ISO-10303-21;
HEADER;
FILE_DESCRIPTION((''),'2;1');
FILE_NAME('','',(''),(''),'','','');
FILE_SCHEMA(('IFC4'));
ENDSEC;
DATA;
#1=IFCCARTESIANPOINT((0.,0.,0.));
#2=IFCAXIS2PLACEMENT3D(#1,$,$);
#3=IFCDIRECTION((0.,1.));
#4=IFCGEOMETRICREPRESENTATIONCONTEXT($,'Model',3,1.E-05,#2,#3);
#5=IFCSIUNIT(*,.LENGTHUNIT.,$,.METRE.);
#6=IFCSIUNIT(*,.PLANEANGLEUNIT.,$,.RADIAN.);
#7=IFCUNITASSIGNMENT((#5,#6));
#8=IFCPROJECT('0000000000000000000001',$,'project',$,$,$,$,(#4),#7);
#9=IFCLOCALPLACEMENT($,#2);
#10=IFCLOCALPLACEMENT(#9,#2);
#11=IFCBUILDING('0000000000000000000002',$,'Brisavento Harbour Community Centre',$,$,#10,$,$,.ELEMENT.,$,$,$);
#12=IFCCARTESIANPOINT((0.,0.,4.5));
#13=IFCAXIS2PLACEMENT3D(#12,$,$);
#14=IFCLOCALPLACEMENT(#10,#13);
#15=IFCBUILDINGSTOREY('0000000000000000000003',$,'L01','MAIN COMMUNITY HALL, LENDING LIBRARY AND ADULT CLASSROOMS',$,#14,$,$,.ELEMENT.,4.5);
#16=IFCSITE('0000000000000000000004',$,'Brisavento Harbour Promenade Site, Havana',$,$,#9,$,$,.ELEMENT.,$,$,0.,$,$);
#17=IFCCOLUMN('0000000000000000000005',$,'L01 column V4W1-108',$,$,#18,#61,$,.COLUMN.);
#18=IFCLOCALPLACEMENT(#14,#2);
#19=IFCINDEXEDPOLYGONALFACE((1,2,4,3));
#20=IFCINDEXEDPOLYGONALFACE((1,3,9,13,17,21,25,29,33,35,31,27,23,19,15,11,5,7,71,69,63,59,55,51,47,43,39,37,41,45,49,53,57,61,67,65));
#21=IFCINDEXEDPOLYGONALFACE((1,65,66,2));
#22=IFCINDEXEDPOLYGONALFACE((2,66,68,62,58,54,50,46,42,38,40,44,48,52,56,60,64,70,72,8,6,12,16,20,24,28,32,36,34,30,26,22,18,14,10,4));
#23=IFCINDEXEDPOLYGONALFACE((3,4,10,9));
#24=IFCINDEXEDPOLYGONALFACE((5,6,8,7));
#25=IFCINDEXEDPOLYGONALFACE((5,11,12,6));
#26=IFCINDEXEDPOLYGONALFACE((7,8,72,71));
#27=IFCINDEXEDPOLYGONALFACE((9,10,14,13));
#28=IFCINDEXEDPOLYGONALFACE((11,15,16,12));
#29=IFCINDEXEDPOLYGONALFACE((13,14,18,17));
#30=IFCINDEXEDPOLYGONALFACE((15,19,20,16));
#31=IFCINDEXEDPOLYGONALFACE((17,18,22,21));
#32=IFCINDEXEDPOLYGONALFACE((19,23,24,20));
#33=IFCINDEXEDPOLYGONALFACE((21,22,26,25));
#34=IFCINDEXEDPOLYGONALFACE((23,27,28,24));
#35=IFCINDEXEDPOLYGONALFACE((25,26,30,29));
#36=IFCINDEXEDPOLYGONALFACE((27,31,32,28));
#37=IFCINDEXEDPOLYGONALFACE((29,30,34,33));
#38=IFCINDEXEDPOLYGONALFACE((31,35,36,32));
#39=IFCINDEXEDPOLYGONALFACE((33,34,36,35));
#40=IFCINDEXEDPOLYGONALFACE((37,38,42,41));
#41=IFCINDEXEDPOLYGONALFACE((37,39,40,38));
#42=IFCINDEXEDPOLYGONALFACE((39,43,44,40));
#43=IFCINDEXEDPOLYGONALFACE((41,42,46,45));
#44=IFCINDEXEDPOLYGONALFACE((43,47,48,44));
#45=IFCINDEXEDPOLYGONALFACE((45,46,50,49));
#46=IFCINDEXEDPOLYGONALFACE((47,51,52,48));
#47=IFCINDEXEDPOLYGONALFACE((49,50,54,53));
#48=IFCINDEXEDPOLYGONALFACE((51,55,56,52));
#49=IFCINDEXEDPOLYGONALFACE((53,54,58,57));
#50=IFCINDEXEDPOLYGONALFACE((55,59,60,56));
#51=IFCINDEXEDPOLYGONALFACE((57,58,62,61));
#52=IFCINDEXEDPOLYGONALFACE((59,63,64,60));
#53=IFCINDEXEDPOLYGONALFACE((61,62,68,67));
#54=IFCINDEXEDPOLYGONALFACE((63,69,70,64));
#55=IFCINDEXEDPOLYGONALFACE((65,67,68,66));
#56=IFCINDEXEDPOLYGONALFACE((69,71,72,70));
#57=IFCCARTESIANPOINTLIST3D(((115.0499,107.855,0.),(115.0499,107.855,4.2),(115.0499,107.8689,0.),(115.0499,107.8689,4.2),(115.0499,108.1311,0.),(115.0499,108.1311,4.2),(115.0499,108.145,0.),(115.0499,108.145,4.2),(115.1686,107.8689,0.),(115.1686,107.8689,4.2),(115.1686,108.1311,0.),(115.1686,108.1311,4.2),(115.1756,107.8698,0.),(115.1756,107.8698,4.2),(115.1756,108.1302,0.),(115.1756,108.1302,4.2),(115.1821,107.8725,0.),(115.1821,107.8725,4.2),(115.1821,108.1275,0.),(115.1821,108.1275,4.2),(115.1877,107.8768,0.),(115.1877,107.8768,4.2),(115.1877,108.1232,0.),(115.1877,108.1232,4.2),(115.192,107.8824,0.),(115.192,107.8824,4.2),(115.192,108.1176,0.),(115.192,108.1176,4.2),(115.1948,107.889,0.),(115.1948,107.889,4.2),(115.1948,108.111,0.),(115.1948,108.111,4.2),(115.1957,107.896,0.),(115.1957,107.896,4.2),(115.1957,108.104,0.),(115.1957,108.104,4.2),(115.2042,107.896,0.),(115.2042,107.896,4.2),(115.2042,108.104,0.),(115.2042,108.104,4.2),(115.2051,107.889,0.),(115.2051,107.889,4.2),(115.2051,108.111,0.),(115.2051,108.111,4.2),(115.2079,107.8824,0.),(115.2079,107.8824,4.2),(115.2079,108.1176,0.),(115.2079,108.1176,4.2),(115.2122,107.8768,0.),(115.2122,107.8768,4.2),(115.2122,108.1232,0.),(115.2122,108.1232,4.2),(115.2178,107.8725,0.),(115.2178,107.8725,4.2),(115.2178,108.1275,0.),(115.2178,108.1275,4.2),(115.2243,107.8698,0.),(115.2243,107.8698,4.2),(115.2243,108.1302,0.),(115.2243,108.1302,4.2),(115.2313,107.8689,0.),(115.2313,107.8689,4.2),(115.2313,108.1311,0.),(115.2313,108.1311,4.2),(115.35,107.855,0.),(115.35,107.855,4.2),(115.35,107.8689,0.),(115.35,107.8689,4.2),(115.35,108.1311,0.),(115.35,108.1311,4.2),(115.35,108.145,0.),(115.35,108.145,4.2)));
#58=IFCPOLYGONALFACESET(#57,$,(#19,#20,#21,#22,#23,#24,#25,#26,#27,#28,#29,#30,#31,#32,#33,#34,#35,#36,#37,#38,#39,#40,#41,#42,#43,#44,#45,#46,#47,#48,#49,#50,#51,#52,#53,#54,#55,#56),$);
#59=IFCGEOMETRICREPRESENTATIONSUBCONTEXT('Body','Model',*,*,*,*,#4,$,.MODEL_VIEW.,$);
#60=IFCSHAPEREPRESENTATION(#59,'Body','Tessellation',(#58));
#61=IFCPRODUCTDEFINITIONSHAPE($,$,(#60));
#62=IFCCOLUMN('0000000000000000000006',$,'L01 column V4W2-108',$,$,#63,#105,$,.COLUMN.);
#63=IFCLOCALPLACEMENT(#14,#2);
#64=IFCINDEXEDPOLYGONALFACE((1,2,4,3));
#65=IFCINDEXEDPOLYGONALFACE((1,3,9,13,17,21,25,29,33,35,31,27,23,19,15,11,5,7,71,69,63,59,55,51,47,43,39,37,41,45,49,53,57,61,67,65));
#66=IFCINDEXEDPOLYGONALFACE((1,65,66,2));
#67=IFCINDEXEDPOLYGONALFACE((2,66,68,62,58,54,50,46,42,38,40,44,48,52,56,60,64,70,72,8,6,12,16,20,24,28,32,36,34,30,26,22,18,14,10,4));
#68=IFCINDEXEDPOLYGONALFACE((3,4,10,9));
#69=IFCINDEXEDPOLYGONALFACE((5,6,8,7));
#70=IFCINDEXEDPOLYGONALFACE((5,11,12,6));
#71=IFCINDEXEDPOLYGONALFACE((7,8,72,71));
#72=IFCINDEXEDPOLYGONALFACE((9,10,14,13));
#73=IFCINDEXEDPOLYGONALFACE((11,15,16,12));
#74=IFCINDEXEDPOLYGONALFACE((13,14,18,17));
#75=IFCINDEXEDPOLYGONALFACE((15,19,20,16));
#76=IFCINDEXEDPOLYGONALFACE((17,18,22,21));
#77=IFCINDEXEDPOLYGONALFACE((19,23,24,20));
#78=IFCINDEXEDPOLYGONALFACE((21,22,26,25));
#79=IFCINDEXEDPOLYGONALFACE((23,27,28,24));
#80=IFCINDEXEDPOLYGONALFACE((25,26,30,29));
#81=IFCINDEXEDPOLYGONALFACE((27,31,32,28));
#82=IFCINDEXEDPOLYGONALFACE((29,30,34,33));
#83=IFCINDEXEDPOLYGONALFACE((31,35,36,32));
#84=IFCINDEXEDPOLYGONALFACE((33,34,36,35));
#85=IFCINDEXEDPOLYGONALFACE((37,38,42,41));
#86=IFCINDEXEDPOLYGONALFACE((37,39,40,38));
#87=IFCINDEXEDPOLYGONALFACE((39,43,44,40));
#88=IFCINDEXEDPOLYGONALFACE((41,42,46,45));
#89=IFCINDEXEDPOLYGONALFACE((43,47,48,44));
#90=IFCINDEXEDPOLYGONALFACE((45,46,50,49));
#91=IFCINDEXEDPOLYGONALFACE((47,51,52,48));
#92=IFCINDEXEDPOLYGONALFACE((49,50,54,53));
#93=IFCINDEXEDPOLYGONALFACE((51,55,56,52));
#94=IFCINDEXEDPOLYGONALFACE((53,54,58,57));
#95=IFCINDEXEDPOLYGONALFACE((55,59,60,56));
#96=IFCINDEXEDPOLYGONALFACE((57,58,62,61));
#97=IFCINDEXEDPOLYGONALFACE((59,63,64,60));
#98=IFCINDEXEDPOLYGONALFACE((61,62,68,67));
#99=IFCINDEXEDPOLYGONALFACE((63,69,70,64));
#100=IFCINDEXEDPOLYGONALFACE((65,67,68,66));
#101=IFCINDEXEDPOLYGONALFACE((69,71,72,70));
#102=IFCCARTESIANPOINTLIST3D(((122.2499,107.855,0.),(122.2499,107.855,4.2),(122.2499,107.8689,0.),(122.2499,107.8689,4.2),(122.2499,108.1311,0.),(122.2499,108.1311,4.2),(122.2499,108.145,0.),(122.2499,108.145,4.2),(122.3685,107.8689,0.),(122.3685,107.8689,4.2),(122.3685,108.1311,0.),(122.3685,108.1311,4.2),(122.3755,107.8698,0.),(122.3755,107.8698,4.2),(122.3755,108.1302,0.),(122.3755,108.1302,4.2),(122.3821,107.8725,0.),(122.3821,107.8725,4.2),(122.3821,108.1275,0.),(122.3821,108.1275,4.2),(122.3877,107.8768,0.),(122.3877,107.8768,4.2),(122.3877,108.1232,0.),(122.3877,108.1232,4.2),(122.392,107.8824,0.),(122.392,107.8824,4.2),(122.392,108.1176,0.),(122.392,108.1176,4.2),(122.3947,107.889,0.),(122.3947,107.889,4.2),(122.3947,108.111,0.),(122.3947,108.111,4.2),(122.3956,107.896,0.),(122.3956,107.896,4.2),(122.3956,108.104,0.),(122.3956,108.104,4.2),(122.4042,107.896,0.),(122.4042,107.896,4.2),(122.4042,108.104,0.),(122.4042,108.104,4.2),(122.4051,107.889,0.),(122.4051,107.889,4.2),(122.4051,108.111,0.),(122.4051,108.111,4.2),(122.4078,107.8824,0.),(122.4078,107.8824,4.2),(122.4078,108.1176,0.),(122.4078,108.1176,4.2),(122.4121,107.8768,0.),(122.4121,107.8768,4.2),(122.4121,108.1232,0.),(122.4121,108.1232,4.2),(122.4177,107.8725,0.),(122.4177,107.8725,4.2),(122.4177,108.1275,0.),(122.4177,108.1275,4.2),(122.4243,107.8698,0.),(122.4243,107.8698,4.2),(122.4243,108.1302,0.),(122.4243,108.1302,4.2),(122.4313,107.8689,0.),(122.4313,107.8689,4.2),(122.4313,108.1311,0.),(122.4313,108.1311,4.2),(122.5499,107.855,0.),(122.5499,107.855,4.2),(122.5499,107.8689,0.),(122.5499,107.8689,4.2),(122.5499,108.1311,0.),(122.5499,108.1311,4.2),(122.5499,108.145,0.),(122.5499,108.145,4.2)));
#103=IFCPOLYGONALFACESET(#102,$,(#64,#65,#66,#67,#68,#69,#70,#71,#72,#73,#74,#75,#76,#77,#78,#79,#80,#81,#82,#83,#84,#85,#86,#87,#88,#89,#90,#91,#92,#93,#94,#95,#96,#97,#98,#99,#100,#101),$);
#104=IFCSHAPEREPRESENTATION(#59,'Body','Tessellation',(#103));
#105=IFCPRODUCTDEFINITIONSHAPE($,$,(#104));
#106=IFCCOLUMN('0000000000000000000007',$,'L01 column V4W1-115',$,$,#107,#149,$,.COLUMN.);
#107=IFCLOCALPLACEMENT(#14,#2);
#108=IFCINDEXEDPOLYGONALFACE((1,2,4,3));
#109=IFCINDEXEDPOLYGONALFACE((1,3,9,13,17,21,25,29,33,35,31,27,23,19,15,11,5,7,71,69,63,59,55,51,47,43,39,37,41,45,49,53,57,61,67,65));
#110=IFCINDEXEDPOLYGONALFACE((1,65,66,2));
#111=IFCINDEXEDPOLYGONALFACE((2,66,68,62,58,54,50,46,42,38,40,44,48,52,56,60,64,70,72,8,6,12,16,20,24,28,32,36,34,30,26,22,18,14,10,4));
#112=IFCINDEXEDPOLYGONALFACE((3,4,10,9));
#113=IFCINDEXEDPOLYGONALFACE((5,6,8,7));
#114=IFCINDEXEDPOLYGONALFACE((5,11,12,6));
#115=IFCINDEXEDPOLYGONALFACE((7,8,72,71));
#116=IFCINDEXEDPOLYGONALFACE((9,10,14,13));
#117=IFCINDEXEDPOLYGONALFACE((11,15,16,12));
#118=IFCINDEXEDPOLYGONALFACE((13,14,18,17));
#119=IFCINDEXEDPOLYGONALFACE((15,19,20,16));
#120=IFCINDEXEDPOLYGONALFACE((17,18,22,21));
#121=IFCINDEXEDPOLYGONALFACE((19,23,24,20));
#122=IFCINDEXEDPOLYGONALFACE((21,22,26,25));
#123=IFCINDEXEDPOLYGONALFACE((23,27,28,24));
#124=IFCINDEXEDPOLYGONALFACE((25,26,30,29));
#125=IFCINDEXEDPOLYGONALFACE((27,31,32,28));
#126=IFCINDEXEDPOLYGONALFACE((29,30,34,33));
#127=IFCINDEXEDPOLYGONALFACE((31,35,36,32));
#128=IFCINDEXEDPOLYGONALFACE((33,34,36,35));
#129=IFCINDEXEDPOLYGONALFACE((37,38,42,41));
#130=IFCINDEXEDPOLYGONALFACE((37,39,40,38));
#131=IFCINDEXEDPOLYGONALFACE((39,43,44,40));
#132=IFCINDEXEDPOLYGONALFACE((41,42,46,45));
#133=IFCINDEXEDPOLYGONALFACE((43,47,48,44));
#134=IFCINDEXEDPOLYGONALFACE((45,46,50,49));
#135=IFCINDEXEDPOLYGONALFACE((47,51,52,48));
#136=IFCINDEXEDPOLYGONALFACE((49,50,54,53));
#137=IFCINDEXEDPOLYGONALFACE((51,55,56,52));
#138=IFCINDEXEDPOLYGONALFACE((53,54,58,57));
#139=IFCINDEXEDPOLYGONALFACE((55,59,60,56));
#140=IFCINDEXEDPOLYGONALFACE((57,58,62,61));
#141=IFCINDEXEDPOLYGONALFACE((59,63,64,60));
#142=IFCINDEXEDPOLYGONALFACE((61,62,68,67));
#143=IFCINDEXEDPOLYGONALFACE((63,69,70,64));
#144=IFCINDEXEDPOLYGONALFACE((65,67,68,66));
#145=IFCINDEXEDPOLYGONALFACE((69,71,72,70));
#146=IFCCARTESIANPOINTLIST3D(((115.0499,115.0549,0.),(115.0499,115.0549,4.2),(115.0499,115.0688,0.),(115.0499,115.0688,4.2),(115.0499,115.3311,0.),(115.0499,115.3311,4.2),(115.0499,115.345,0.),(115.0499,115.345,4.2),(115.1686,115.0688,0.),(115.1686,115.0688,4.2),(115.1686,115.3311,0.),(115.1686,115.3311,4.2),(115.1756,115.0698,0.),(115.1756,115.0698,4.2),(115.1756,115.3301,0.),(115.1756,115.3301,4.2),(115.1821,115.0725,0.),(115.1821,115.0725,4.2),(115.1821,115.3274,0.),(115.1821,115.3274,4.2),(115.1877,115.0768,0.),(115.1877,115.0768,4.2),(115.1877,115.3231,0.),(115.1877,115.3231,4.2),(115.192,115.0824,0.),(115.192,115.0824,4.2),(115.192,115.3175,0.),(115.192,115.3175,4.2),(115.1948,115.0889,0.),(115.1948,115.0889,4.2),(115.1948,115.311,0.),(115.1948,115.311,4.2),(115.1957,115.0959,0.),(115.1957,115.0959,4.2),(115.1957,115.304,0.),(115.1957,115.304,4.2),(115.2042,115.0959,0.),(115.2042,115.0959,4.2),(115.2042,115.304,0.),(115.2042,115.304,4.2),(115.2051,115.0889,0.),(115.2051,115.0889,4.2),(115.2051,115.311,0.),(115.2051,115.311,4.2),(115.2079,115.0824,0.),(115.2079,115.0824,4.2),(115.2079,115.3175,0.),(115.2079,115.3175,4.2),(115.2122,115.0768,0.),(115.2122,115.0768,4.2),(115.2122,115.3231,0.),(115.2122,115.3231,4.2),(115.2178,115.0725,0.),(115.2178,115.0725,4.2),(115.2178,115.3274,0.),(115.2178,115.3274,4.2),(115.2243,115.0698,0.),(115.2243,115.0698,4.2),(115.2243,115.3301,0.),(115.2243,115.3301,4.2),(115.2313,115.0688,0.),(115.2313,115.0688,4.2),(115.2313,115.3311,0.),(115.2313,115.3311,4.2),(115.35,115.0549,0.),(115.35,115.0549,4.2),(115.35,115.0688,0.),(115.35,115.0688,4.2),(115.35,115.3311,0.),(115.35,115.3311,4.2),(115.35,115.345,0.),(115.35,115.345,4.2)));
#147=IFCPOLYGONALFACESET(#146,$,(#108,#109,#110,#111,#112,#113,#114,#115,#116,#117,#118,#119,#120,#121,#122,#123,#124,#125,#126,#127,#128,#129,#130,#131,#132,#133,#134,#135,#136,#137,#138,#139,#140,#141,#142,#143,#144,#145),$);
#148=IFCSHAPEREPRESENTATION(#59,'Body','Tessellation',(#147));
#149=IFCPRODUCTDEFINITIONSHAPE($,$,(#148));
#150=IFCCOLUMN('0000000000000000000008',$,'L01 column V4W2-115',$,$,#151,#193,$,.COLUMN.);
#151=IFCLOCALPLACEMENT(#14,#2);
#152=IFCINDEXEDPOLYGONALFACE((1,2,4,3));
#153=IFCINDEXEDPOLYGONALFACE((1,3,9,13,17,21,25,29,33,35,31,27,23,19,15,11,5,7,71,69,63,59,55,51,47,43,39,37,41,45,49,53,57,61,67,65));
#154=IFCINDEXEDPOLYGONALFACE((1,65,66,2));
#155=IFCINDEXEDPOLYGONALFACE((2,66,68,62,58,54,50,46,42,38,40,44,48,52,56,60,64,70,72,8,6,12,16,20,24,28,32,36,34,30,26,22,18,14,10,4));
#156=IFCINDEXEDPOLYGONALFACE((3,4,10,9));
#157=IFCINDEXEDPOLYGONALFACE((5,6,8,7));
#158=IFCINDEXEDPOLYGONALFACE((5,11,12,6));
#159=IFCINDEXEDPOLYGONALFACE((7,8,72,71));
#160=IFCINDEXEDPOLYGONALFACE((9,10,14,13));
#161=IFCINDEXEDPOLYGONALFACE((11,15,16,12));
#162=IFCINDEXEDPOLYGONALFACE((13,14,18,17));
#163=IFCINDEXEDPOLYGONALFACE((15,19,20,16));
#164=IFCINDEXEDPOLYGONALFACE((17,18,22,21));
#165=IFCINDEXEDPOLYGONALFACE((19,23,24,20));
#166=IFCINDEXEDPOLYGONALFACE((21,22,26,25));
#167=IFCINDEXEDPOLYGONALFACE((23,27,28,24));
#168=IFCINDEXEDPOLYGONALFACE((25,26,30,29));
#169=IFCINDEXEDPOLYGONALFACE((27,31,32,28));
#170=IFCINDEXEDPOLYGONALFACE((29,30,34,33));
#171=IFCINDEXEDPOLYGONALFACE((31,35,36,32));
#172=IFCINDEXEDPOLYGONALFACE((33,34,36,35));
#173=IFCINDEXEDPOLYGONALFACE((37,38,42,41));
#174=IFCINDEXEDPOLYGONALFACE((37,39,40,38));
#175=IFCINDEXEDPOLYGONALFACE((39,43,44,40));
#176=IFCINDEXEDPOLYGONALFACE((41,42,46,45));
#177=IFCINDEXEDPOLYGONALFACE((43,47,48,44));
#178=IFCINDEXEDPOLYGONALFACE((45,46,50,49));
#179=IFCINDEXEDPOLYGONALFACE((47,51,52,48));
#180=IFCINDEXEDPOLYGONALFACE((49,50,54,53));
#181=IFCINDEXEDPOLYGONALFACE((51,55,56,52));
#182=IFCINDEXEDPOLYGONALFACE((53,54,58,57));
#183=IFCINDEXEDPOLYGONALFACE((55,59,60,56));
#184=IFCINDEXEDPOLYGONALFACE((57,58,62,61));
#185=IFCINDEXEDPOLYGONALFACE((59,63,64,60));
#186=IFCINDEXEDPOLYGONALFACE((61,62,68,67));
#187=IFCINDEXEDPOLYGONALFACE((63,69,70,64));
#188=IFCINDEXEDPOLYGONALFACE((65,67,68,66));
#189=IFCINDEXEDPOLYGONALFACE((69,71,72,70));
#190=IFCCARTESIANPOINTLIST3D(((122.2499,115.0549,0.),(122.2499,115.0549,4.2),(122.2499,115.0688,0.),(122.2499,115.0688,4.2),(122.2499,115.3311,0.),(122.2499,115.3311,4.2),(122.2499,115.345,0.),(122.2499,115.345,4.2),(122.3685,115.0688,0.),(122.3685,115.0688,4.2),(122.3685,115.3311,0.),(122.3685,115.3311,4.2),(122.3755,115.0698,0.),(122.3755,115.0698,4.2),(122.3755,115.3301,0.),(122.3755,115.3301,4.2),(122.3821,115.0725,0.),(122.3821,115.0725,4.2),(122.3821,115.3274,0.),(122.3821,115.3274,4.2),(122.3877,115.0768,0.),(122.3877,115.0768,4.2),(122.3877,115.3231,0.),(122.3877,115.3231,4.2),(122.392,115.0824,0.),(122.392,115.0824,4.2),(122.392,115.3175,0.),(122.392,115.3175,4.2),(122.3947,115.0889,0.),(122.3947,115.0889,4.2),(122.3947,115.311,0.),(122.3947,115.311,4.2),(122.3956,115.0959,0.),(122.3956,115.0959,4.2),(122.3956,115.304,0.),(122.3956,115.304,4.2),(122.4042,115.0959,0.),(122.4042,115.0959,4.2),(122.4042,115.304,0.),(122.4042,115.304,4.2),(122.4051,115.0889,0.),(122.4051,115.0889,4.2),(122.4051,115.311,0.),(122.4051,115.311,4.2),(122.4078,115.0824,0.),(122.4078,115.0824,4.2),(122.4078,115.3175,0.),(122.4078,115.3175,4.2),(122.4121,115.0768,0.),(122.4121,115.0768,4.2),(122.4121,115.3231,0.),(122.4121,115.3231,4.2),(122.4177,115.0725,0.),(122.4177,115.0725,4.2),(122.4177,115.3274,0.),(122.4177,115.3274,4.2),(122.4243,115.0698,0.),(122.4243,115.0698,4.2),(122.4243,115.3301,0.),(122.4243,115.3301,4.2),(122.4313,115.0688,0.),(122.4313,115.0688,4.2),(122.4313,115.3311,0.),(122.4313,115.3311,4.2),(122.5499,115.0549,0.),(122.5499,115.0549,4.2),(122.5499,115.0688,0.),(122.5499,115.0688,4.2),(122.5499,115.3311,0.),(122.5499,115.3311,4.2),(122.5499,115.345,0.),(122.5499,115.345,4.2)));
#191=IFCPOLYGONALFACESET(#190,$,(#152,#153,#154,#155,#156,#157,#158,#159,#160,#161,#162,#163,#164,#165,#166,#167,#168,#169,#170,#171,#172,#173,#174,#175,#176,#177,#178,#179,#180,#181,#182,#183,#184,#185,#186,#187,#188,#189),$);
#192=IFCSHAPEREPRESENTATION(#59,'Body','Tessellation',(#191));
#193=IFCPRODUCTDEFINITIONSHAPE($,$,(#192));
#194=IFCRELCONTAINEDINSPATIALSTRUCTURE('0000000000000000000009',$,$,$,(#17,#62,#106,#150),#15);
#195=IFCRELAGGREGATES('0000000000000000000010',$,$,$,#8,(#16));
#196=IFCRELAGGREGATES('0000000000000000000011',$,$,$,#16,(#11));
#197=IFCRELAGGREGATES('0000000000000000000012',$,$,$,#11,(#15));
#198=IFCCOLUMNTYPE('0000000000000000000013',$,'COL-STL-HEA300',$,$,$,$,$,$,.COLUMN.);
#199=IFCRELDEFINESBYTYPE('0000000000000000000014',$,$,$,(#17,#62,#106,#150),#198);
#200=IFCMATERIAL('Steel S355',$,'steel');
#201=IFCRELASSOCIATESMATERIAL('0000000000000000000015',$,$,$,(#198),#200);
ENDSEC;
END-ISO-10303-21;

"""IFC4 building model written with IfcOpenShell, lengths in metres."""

from ifc_helpers import new_model, si_unit, direction, frame, origin, origin_2d, place, context, subcontext, project, spatial, i_section, extrude, material, material_profile, profile_set, type_object, element, save


model = new_model("IFC4")

# Units and contexts
model_context = context("Model", 3, precision=1e-05, world=origin(), true_north=direction((0.0, 1.0)))
body_context = subcontext(model_context, "Body", "Model", "MODEL_VIEW")
ifc_project = project(units=[si_unit("LENGTHUNIT", "METRE"), si_unit("PLANEANGLEUNIT", "RADIAN")], contexts=[model_context])

# Site, building, storey
site_placement = place(None, origin())
site = spatial("IfcSite", under=ifc_project, at=site_placement, Name="Brisavento Harbour Promenade Site, Havana", CompositionType="ELEMENT", RefElevation=0.0)
building_placement = place(site_placement, origin())
building = spatial("IfcBuilding", under=site, at=building_placement, Name="Brisavento Harbour Community Centre", CompositionType="ELEMENT")
storey_placement = place(building_placement, frame((0.0, 0.0, 4.5)))
storey = spatial("IfcBuildingStorey", under=building, at=storey_placement, Name="L01", Description="MAIN COMMUNITY HALL, LENDING LIBRARY AND ADULT CLASSROOMS", CompositionType="ELEMENT", Elevation=4.5)

# Columns
ifc_material_1 = material(Name="Steel S355", Category="steel")
ifc_material_profile_1 = material_profile(ifc_material_1, i_section(OverallWidth=0.3, OverallDepth=0.29, WebThickness=0.0085, FlangeThickness=0.0139, FilletRadius=0.0271, at=origin_2d()), Name="Steel S355")
ifc_profile_set_1 = profile_set([ifc_material_profile_1], Name="Steel S355")
column_type_1 = type_object("IfcColumnType", Name="COL-STL-HEA300", PredefinedType="COLUMN", material=ifc_profile_set_1)
for number, where, z_axis, x_axis, name in (
    (1, (115.2, 108.0, 0.0), (0.0, 0.0, 1.0), (1.0, 0.0, 0.0), "L01 column V4W1-108"),
    (2, (122.3999, 108.0, 0.0), (0.0, 0.0, 1.0), (1.0, 0.0, 0.0), "L01 column V4W2-108"),
    (3, (115.2, 115.2, 0.0), (0.0, 0.0, 1.0), (1.0, 0.0, 0.0), "L01 column V4W1-115"),
    (4, (122.3999, 115.2, 0.0), (0.0, 0.0, 1.0), (1.0, 0.0, 0.0), "L01 column V4W2-115"),
):
    element("IfcColumn", number, at=place(storey_placement, frame(where, z_axis=z_axis, x_axis=x_axis)), inside=storey, type_object=column_type_1, Name=name, PredefinedType="COLUMN", context=body_context, shape_type="SweptSolid", body=[
        extrude(i_section(OverallWidth=0.3, OverallDepth=0.29, WebThickness=0.0085, FlangeThickness=0.0139, FilletRadius=0.0271, at=origin_2d()), origin(), (0.0, 0.0, 1.0), 4.2),
    ])

save(model, "model.ifc")
